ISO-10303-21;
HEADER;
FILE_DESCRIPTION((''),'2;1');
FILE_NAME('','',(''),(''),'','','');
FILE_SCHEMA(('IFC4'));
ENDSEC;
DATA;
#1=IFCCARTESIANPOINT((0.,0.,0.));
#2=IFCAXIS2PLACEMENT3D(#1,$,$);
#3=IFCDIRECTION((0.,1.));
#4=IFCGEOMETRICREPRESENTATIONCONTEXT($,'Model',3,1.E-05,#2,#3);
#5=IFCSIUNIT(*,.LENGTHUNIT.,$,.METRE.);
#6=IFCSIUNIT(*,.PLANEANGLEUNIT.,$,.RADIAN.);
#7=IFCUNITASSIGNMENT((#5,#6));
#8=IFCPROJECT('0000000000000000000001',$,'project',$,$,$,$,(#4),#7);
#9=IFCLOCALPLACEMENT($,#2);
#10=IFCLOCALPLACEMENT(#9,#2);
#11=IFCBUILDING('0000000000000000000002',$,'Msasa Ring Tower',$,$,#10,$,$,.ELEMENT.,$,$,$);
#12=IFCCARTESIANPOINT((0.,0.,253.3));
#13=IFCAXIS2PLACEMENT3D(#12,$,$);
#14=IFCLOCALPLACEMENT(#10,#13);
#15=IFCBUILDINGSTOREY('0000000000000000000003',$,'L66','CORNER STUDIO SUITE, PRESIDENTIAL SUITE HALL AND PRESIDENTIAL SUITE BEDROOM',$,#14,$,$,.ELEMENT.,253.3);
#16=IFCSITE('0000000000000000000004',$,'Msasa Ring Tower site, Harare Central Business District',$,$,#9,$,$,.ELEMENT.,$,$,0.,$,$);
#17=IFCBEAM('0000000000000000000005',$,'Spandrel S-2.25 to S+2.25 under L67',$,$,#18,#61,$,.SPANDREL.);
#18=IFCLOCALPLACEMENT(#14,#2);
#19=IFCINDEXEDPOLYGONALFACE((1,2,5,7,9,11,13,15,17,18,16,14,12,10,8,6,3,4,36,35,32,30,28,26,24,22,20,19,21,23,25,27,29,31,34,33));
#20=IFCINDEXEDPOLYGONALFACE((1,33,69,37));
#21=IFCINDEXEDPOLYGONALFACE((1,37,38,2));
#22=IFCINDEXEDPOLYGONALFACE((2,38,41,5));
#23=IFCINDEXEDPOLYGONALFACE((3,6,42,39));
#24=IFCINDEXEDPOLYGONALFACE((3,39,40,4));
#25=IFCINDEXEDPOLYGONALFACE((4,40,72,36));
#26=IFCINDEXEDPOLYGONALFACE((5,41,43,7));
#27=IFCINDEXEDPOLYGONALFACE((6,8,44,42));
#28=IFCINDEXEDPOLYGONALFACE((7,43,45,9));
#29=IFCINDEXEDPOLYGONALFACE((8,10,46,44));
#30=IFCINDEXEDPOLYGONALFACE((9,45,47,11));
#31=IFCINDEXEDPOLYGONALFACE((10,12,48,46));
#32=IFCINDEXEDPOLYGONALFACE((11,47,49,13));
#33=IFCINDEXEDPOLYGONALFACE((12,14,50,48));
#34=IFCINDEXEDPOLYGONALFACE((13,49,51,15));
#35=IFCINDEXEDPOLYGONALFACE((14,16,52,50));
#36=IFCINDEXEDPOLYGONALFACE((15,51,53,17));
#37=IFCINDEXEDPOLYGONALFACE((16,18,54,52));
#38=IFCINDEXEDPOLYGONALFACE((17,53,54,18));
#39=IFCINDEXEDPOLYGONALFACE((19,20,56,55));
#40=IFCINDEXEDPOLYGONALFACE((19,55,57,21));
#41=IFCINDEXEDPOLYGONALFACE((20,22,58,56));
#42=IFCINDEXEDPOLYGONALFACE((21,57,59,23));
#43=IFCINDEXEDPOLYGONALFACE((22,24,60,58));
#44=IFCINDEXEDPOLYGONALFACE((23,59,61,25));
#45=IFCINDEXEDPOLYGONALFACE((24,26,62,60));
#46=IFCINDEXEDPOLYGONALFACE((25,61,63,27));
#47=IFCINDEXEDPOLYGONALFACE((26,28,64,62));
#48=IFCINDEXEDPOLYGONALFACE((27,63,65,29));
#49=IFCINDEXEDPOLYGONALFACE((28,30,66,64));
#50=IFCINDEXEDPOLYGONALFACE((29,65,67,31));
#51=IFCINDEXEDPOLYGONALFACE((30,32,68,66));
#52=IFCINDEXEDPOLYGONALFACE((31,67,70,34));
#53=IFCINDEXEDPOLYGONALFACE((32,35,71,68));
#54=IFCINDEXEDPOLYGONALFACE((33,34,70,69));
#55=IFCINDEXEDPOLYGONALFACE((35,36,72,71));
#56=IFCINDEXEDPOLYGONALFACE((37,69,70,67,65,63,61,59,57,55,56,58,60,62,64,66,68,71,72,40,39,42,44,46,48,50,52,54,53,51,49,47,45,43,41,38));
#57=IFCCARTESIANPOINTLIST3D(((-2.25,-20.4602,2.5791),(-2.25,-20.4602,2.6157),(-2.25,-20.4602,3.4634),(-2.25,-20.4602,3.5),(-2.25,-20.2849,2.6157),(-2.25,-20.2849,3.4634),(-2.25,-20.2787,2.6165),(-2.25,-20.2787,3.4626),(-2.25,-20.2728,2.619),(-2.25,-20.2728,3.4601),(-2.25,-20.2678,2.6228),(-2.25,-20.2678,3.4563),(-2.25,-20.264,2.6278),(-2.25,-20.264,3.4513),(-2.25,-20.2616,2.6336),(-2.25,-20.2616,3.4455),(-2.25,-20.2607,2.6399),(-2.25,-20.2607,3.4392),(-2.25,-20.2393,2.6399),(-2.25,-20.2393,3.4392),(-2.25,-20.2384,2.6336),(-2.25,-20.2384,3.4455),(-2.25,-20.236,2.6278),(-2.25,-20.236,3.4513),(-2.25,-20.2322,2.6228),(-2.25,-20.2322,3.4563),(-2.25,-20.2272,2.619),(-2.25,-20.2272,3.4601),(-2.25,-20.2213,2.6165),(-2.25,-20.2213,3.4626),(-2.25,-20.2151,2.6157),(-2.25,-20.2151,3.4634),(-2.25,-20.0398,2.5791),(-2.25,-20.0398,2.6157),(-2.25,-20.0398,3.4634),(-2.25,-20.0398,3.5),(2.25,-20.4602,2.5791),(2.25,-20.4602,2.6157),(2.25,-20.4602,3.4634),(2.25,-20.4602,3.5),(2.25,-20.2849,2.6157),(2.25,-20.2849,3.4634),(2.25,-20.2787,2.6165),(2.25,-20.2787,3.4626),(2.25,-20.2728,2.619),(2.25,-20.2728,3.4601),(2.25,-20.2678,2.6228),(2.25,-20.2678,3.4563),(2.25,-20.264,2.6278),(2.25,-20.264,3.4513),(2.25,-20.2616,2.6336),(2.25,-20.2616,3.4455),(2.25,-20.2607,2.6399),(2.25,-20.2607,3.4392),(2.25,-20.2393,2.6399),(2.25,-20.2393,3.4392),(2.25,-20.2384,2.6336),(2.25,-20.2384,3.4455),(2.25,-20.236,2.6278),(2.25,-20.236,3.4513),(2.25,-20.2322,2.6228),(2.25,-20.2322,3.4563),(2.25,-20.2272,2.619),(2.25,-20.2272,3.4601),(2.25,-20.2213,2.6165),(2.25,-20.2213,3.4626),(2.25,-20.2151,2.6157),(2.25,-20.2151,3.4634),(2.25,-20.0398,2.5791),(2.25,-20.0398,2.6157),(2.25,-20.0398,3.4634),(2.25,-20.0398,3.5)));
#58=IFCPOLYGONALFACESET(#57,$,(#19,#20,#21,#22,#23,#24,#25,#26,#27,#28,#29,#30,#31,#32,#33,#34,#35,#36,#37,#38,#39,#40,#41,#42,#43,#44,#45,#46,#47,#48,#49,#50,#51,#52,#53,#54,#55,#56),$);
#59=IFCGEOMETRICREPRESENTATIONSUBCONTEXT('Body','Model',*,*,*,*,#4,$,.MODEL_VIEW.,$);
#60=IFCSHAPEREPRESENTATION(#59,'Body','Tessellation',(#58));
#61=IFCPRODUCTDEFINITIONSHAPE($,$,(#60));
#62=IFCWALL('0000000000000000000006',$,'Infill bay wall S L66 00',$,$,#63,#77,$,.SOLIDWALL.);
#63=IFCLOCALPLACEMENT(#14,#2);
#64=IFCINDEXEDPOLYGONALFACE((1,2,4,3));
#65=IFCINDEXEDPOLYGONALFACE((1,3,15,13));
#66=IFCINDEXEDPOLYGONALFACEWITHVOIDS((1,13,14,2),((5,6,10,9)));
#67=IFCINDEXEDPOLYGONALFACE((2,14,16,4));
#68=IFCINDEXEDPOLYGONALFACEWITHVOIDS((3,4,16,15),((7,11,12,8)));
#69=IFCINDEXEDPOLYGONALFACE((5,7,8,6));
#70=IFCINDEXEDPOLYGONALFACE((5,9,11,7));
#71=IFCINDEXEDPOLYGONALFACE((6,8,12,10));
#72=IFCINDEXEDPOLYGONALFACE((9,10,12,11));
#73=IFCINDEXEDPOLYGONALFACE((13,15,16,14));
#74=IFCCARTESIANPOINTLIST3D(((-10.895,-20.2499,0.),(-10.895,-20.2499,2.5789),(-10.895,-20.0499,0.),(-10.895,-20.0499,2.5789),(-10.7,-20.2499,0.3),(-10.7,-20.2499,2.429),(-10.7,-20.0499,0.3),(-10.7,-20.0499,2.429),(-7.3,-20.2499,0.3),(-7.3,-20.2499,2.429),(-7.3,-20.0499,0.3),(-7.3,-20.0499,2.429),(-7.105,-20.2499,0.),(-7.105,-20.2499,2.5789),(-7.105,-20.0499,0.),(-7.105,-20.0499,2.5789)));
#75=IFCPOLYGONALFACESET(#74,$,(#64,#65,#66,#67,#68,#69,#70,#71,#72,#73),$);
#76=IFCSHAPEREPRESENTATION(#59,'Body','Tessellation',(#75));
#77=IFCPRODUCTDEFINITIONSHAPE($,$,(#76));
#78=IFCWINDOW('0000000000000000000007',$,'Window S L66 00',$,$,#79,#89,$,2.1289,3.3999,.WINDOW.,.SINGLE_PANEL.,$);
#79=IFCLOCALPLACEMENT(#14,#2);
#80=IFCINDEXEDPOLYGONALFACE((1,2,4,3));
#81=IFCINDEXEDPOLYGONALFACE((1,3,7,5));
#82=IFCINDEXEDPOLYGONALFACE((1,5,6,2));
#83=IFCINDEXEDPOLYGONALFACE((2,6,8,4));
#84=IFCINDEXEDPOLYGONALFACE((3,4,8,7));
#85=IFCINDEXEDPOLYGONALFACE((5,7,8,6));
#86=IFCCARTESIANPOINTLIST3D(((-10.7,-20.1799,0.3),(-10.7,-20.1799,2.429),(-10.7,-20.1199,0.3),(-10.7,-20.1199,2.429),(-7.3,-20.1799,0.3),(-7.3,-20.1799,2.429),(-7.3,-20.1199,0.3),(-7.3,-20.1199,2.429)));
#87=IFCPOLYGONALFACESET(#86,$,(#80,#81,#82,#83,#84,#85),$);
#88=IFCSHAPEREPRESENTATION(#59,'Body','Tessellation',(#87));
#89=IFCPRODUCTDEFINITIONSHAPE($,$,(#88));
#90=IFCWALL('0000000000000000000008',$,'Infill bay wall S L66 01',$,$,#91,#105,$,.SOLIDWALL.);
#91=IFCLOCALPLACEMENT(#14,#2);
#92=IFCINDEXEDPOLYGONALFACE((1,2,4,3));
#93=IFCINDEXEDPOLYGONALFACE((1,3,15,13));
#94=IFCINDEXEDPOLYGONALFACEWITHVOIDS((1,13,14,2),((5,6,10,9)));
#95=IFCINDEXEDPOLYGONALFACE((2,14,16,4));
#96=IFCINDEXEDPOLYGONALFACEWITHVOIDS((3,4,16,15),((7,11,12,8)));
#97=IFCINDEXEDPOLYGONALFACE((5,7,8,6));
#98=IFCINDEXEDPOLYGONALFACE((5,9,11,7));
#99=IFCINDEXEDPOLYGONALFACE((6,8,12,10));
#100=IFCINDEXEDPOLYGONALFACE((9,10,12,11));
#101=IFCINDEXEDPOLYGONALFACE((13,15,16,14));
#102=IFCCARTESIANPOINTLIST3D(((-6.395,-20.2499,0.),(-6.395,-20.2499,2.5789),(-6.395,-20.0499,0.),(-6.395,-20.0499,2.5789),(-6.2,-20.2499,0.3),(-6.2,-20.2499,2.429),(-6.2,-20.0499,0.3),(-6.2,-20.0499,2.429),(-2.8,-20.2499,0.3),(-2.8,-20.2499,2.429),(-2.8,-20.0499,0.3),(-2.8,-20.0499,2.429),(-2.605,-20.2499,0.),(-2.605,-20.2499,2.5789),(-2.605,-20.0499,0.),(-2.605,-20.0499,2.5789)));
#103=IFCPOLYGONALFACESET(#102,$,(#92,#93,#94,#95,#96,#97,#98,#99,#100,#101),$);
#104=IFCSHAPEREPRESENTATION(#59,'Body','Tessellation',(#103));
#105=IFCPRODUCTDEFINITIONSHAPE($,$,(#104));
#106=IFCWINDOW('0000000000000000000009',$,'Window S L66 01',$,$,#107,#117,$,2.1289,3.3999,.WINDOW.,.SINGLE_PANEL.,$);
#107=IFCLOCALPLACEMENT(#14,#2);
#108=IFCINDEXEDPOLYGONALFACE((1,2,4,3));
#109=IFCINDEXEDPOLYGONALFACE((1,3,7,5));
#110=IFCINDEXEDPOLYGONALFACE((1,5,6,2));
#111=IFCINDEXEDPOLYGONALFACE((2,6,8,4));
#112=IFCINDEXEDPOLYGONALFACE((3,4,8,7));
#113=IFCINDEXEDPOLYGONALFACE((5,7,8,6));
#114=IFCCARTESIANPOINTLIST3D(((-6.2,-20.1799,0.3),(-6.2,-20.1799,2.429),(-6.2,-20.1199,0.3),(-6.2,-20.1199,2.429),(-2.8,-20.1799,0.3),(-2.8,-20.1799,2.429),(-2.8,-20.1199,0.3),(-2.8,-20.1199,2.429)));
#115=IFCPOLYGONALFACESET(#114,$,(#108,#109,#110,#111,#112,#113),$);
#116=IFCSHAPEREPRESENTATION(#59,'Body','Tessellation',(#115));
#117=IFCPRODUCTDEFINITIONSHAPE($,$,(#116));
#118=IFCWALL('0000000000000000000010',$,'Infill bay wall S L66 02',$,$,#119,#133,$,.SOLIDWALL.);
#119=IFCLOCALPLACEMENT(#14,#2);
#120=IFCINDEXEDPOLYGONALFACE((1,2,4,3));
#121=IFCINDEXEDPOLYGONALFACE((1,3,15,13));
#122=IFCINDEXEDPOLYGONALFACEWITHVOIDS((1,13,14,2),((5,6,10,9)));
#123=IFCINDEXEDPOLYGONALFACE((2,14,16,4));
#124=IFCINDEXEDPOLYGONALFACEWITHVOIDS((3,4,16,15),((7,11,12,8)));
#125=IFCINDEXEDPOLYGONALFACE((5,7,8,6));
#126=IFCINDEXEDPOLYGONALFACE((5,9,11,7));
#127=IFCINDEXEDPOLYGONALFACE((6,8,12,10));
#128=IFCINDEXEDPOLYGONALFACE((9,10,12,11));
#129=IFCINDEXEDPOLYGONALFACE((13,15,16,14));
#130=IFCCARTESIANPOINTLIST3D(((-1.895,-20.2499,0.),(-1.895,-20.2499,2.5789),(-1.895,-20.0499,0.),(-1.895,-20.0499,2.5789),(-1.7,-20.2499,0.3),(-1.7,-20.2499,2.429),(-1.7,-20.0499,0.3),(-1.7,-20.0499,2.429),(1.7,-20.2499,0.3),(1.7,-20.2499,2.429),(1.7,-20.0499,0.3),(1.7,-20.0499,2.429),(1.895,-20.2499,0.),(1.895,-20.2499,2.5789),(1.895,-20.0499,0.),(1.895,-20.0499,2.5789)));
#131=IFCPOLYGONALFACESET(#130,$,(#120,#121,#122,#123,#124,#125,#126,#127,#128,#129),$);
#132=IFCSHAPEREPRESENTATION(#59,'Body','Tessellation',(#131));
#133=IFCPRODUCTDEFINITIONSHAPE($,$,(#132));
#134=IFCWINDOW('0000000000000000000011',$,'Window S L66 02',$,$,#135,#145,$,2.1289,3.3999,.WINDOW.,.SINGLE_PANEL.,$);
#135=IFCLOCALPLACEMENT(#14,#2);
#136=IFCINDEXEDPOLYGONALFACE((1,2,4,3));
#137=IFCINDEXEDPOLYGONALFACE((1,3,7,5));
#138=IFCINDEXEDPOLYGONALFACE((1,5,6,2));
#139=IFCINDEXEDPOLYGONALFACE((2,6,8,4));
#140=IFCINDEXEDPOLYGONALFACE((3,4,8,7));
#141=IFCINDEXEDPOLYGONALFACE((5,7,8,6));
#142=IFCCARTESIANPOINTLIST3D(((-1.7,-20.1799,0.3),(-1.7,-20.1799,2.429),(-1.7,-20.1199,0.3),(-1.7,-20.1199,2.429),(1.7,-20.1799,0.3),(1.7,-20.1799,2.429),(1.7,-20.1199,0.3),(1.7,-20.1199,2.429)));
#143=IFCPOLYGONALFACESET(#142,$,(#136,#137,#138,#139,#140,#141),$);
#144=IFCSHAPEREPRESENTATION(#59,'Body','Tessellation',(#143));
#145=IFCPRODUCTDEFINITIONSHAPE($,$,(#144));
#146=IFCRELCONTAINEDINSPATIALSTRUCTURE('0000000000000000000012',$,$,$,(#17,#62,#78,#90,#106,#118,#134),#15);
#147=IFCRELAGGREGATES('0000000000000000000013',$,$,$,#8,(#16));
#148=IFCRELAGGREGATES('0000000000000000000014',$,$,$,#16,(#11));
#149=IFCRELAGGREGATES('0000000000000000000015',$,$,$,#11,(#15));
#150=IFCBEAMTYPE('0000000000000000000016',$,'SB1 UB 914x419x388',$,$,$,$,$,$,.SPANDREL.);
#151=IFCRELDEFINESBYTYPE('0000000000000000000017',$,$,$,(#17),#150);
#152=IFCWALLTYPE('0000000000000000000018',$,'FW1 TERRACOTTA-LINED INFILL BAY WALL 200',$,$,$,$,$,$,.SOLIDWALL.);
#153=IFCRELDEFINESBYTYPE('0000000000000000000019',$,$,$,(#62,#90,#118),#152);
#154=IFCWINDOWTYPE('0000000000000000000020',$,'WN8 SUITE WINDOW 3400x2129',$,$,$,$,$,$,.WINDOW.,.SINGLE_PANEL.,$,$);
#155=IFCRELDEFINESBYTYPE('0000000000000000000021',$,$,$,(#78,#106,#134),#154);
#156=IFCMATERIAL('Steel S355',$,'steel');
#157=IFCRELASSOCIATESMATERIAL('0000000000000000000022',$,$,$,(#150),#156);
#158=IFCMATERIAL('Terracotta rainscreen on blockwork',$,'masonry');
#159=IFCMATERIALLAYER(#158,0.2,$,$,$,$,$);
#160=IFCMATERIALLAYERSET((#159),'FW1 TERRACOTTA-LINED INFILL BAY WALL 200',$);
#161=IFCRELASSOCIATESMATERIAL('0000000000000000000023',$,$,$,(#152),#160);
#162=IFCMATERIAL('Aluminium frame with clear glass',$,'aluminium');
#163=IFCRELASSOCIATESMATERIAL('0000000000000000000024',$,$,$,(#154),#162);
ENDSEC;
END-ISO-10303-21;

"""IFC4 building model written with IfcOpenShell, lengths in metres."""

from ifc_helpers import new_model, si_unit, direction, frame, frame_2d, origin, origin_2d, place, context, subcontext, project, spatial, rectangle, i_section, extrude, material, layer, layer_set, material_profile, profile_set, type_object, element, fill, save


model = new_model("IFC4")

# Units and contexts
model_context = context("Model", 3, precision=1e-05, world=origin(), true_north=direction((0.0, 1.0)))
body_context = subcontext(model_context, "Body", "Model", "MODEL_VIEW")
ifc_project = project(units=[si_unit("LENGTHUNIT", "METRE"), si_unit("PLANEANGLEUNIT", "RADIAN")], contexts=[model_context])

# Site, building, storey
site_placement = place(None, origin())
site = spatial("IfcSite", under=ifc_project, at=site_placement, Name="Msasa Ring Tower site, Harare Central Business District", CompositionType="ELEMENT", RefElevation=0.0)
building_placement = place(site_placement, origin())
building = spatial("IfcBuilding", under=site, at=building_placement, Name="Msasa Ring Tower", CompositionType="ELEMENT")
storey_placement = place(building_placement, frame((0.0, 0.0, 253.3)))
storey = spatial("IfcBuildingStorey", under=building, at=storey_placement, Name="L66", Description="CORNER STUDIO SUITE, PRESIDENTIAL SUITE HALL AND PRESIDENTIAL SUITE BEDROOM", CompositionType="ELEMENT", Elevation=253.3)

# Beam
ifc_material_1 = material(Name="Steel S355", Category="steel")
ifc_material_profile_1 = material_profile(ifc_material_1, i_section(OverallWidth=0.4204, OverallDepth=0.9209, WebThickness=0.0215, FlangeThickness=0.0366, FilletRadius=0.0242, at=origin_2d()), Name="UB 914x419x388")
ifc_profile_set_1 = profile_set([ifc_material_profile_1], Name="Steel S355")
beam_type_1 = type_object("IfcBeamType", Name="SB1 UB 914x419x388", PredefinedType="SPANDREL", material=ifc_profile_set_1)
for number, where, z_axis, x_axis, name in (
    (1, (-2.25, -20.25, 3.0396), (1.0, 0.0, 0.0), (0.0, 1.0, 0.0), "Spandrel S-2.25 to S+2.25 under L67"),
):
    element("IfcBeam", number, at=place(storey_placement, frame(where, z_axis=z_axis, x_axis=x_axis)), inside=storey, type_object=beam_type_1, Name=name, PredefinedType="SPANDREL", context=body_context, shape_type="SweptSolid", body=[
        extrude(i_section(OverallWidth=0.4204, OverallDepth=0.9209, WebThickness=0.0215, FlangeThickness=0.0366, FilletRadius=0.0242, at=origin_2d()), origin(), (0.0, 0.0, 1.0), 4.5),
    ])

# Walls, openings, windows
ifc_material_2 = material(Name="Terracotta rainscreen on blockwork", Category="masonry")
ifc_layer_1 = layer(ifc_material_2, 0.2)
ifc_layer_set_1 = layer_set([ifc_layer_1], Name="FW1 TERRACOTTA-LINED INFILL BAY WALL 200")
wall_type_1 = type_object("IfcWallType", Name="FW1 TERRACOTTA-LINED INFILL BAY WALL 200", PredefinedType="SOLIDWALL", material=ifc_layer_set_1)
wall_1_placement = place(storey_placement, frame((-10.895, -20.1499, 0.0), z_axis=(0.0, 0.0, 1.0), x_axis=(1.0, 0.0, 0.0)))
wall_1 = element("IfcWall", 2, at=wall_1_placement, inside=storey, type_object=wall_type_1, Name="Infill bay wall S L66 00", PredefinedType="SOLIDWALL", context=body_context, shape_type="SweptSolid", body=[
    extrude(rectangle(XDim=3.79, YDim=0.2, at=frame_2d((1.895, 0.0))), origin(), (0.0, 0.0, 1.0), 2.5789),
])
opening_1_placement = place(wall_1_placement, frame((0.1951, 0.0, 0.3)))
opening_1 = element("IfcOpeningElement", 3, at=opening_1_placement, cuts=wall_1, PredefinedType="OPENING", context=body_context, shape_type="SweptSolid", body=[
    extrude(rectangle(XDim=3.3999, YDim=2.1289, at=frame_2d((1.7, 1.0645))), frame((0.0, 0.1099, 0.0), z_axis=(0.0, -1.0, 0.0), x_axis=(1.0, 0.0, 0.0)), (0.0, 0.0, 1.0), 0.22),
])
ifc_material_3 = material(Name="Aluminium frame with clear glass", Category="aluminium")
window_type = type_object("IfcWindowType", Name="WN8 SUITE WINDOW 3400x2129", PartitioningType="SINGLE_PANEL", PredefinedType="WINDOW", material=ifc_material_3)
window_1_placement = place(opening_1_placement, origin())
window_1 = element("IfcWindow", 4, at=window_1_placement, inside=storey, type_object=window_type, Name="Window S L66 00", OverallHeight=2.1289, OverallWidth=3.3999, PartitioningType="SINGLE_PANEL", PredefinedType="WINDOW", context=body_context, shape_type="SweptSolid", body=[
    extrude(rectangle(XDim=3.3999, YDim=2.1289, at=frame_2d((1.7, 1.0645))), frame((0.0, 0.03, 0.0), z_axis=(0.0, -1.0, 0.0), x_axis=(1.0, 0.0, 0.0)), (0.0, 0.0, 1.0), 0.0601),
])
fill(opening_1, window_1)
wall_2_placement = place(storey_placement, frame((-6.395, -20.1499, 0.0), z_axis=(0.0, 0.0, 1.0), x_axis=(1.0, 0.0, 0.0)))
wall_2 = element("IfcWall", 5, at=wall_2_placement, inside=storey, type_object=wall_type_1, Name="Infill bay wall S L66 01", PredefinedType="SOLIDWALL", context=body_context, shape_type="SweptSolid", body=[
    extrude(rectangle(XDim=3.79, YDim=0.2, at=frame_2d((1.895, 0.0))), origin(), (0.0, 0.0, 1.0), 2.5789),
])
opening_2_placement = place(wall_2_placement, frame((0.1951, 0.0, 0.3)))
opening_2 = element("IfcOpeningElement", 6, at=opening_2_placement, cuts=wall_2, PredefinedType="OPENING", context=body_context, shape_type="SweptSolid", body=[
    extrude(rectangle(XDim=3.3999, YDim=2.1289, at=frame_2d((1.7, 1.0645))), frame((0.0, 0.1099, 0.0), z_axis=(0.0, -1.0, 0.0), x_axis=(1.0, 0.0, 0.0)), (0.0, 0.0, 1.0), 0.22),
])
window_2_placement = place(opening_2_placement, origin())
window_2 = element("IfcWindow", 7, at=window_2_placement, inside=storey, type_object=window_type, Name="Window S L66 01", OverallHeight=2.1289, OverallWidth=3.3999, PartitioningType="SINGLE_PANEL", PredefinedType="WINDOW", context=body_context, shape_type="SweptSolid", body=[
    extrude(rectangle(XDim=3.3999, YDim=2.1289, at=frame_2d((1.7, 1.0645))), frame((0.0, 0.03, 0.0), z_axis=(0.0, -1.0, 0.0), x_axis=(1.0, 0.0, 0.0)), (0.0, 0.0, 1.0), 0.0601),
])
fill(opening_2, window_2)
wall_3_placement = place(storey_placement, frame((-1.895, -20.1499, 0.0), z_axis=(0.0, 0.0, 1.0), x_axis=(1.0, 0.0, 0.0)))
wall_3 = element("IfcWall", 8, at=wall_3_placement, inside=storey, type_object=wall_type_1, Name="Infill bay wall S L66 02", PredefinedType="SOLIDWALL", context=body_context, shape_type="SweptSolid", body=[
    extrude(rectangle(XDim=3.79, YDim=0.2, at=frame_2d((1.895, 0.0))), origin(), (0.0, 0.0, 1.0), 2.5789),
])
opening_3_placement = place(wall_3_placement, frame((0.1951, 0.0, 0.3)))
opening_3 = element("IfcOpeningElement", 9, at=opening_3_placement, cuts=wall_3, PredefinedType="OPENING", context=body_context, shape_type="SweptSolid", body=[
    extrude(rectangle(XDim=3.3999, YDim=2.1289, at=frame_2d((1.7, 1.0645))), frame((0.0, 0.1099, 0.0), z_axis=(0.0, -1.0, 0.0), x_axis=(1.0, 0.0, 0.0)), (0.0, 0.0, 1.0), 0.22),
])
window_3_placement = place(opening_3_placement, origin())
window_3 = element("IfcWindow", 10, at=window_3_placement, inside=storey, type_object=window_type, Name="Window S L66 02", OverallHeight=2.1289, OverallWidth=3.3999, PartitioningType="SINGLE_PANEL", PredefinedType="WINDOW", context=body_context, shape_type="SweptSolid", body=[
    extrude(rectangle(XDim=3.3999, YDim=2.1289, at=frame_2d((1.7, 1.0645))), frame((0.0, 0.03, 0.0), z_axis=(0.0, -1.0, 0.0), x_axis=(1.0, 0.0, 0.0)), (0.0, 0.0, 1.0), 0.0601),
])
fill(opening_3, window_3)

save(model, "model.ifc")
